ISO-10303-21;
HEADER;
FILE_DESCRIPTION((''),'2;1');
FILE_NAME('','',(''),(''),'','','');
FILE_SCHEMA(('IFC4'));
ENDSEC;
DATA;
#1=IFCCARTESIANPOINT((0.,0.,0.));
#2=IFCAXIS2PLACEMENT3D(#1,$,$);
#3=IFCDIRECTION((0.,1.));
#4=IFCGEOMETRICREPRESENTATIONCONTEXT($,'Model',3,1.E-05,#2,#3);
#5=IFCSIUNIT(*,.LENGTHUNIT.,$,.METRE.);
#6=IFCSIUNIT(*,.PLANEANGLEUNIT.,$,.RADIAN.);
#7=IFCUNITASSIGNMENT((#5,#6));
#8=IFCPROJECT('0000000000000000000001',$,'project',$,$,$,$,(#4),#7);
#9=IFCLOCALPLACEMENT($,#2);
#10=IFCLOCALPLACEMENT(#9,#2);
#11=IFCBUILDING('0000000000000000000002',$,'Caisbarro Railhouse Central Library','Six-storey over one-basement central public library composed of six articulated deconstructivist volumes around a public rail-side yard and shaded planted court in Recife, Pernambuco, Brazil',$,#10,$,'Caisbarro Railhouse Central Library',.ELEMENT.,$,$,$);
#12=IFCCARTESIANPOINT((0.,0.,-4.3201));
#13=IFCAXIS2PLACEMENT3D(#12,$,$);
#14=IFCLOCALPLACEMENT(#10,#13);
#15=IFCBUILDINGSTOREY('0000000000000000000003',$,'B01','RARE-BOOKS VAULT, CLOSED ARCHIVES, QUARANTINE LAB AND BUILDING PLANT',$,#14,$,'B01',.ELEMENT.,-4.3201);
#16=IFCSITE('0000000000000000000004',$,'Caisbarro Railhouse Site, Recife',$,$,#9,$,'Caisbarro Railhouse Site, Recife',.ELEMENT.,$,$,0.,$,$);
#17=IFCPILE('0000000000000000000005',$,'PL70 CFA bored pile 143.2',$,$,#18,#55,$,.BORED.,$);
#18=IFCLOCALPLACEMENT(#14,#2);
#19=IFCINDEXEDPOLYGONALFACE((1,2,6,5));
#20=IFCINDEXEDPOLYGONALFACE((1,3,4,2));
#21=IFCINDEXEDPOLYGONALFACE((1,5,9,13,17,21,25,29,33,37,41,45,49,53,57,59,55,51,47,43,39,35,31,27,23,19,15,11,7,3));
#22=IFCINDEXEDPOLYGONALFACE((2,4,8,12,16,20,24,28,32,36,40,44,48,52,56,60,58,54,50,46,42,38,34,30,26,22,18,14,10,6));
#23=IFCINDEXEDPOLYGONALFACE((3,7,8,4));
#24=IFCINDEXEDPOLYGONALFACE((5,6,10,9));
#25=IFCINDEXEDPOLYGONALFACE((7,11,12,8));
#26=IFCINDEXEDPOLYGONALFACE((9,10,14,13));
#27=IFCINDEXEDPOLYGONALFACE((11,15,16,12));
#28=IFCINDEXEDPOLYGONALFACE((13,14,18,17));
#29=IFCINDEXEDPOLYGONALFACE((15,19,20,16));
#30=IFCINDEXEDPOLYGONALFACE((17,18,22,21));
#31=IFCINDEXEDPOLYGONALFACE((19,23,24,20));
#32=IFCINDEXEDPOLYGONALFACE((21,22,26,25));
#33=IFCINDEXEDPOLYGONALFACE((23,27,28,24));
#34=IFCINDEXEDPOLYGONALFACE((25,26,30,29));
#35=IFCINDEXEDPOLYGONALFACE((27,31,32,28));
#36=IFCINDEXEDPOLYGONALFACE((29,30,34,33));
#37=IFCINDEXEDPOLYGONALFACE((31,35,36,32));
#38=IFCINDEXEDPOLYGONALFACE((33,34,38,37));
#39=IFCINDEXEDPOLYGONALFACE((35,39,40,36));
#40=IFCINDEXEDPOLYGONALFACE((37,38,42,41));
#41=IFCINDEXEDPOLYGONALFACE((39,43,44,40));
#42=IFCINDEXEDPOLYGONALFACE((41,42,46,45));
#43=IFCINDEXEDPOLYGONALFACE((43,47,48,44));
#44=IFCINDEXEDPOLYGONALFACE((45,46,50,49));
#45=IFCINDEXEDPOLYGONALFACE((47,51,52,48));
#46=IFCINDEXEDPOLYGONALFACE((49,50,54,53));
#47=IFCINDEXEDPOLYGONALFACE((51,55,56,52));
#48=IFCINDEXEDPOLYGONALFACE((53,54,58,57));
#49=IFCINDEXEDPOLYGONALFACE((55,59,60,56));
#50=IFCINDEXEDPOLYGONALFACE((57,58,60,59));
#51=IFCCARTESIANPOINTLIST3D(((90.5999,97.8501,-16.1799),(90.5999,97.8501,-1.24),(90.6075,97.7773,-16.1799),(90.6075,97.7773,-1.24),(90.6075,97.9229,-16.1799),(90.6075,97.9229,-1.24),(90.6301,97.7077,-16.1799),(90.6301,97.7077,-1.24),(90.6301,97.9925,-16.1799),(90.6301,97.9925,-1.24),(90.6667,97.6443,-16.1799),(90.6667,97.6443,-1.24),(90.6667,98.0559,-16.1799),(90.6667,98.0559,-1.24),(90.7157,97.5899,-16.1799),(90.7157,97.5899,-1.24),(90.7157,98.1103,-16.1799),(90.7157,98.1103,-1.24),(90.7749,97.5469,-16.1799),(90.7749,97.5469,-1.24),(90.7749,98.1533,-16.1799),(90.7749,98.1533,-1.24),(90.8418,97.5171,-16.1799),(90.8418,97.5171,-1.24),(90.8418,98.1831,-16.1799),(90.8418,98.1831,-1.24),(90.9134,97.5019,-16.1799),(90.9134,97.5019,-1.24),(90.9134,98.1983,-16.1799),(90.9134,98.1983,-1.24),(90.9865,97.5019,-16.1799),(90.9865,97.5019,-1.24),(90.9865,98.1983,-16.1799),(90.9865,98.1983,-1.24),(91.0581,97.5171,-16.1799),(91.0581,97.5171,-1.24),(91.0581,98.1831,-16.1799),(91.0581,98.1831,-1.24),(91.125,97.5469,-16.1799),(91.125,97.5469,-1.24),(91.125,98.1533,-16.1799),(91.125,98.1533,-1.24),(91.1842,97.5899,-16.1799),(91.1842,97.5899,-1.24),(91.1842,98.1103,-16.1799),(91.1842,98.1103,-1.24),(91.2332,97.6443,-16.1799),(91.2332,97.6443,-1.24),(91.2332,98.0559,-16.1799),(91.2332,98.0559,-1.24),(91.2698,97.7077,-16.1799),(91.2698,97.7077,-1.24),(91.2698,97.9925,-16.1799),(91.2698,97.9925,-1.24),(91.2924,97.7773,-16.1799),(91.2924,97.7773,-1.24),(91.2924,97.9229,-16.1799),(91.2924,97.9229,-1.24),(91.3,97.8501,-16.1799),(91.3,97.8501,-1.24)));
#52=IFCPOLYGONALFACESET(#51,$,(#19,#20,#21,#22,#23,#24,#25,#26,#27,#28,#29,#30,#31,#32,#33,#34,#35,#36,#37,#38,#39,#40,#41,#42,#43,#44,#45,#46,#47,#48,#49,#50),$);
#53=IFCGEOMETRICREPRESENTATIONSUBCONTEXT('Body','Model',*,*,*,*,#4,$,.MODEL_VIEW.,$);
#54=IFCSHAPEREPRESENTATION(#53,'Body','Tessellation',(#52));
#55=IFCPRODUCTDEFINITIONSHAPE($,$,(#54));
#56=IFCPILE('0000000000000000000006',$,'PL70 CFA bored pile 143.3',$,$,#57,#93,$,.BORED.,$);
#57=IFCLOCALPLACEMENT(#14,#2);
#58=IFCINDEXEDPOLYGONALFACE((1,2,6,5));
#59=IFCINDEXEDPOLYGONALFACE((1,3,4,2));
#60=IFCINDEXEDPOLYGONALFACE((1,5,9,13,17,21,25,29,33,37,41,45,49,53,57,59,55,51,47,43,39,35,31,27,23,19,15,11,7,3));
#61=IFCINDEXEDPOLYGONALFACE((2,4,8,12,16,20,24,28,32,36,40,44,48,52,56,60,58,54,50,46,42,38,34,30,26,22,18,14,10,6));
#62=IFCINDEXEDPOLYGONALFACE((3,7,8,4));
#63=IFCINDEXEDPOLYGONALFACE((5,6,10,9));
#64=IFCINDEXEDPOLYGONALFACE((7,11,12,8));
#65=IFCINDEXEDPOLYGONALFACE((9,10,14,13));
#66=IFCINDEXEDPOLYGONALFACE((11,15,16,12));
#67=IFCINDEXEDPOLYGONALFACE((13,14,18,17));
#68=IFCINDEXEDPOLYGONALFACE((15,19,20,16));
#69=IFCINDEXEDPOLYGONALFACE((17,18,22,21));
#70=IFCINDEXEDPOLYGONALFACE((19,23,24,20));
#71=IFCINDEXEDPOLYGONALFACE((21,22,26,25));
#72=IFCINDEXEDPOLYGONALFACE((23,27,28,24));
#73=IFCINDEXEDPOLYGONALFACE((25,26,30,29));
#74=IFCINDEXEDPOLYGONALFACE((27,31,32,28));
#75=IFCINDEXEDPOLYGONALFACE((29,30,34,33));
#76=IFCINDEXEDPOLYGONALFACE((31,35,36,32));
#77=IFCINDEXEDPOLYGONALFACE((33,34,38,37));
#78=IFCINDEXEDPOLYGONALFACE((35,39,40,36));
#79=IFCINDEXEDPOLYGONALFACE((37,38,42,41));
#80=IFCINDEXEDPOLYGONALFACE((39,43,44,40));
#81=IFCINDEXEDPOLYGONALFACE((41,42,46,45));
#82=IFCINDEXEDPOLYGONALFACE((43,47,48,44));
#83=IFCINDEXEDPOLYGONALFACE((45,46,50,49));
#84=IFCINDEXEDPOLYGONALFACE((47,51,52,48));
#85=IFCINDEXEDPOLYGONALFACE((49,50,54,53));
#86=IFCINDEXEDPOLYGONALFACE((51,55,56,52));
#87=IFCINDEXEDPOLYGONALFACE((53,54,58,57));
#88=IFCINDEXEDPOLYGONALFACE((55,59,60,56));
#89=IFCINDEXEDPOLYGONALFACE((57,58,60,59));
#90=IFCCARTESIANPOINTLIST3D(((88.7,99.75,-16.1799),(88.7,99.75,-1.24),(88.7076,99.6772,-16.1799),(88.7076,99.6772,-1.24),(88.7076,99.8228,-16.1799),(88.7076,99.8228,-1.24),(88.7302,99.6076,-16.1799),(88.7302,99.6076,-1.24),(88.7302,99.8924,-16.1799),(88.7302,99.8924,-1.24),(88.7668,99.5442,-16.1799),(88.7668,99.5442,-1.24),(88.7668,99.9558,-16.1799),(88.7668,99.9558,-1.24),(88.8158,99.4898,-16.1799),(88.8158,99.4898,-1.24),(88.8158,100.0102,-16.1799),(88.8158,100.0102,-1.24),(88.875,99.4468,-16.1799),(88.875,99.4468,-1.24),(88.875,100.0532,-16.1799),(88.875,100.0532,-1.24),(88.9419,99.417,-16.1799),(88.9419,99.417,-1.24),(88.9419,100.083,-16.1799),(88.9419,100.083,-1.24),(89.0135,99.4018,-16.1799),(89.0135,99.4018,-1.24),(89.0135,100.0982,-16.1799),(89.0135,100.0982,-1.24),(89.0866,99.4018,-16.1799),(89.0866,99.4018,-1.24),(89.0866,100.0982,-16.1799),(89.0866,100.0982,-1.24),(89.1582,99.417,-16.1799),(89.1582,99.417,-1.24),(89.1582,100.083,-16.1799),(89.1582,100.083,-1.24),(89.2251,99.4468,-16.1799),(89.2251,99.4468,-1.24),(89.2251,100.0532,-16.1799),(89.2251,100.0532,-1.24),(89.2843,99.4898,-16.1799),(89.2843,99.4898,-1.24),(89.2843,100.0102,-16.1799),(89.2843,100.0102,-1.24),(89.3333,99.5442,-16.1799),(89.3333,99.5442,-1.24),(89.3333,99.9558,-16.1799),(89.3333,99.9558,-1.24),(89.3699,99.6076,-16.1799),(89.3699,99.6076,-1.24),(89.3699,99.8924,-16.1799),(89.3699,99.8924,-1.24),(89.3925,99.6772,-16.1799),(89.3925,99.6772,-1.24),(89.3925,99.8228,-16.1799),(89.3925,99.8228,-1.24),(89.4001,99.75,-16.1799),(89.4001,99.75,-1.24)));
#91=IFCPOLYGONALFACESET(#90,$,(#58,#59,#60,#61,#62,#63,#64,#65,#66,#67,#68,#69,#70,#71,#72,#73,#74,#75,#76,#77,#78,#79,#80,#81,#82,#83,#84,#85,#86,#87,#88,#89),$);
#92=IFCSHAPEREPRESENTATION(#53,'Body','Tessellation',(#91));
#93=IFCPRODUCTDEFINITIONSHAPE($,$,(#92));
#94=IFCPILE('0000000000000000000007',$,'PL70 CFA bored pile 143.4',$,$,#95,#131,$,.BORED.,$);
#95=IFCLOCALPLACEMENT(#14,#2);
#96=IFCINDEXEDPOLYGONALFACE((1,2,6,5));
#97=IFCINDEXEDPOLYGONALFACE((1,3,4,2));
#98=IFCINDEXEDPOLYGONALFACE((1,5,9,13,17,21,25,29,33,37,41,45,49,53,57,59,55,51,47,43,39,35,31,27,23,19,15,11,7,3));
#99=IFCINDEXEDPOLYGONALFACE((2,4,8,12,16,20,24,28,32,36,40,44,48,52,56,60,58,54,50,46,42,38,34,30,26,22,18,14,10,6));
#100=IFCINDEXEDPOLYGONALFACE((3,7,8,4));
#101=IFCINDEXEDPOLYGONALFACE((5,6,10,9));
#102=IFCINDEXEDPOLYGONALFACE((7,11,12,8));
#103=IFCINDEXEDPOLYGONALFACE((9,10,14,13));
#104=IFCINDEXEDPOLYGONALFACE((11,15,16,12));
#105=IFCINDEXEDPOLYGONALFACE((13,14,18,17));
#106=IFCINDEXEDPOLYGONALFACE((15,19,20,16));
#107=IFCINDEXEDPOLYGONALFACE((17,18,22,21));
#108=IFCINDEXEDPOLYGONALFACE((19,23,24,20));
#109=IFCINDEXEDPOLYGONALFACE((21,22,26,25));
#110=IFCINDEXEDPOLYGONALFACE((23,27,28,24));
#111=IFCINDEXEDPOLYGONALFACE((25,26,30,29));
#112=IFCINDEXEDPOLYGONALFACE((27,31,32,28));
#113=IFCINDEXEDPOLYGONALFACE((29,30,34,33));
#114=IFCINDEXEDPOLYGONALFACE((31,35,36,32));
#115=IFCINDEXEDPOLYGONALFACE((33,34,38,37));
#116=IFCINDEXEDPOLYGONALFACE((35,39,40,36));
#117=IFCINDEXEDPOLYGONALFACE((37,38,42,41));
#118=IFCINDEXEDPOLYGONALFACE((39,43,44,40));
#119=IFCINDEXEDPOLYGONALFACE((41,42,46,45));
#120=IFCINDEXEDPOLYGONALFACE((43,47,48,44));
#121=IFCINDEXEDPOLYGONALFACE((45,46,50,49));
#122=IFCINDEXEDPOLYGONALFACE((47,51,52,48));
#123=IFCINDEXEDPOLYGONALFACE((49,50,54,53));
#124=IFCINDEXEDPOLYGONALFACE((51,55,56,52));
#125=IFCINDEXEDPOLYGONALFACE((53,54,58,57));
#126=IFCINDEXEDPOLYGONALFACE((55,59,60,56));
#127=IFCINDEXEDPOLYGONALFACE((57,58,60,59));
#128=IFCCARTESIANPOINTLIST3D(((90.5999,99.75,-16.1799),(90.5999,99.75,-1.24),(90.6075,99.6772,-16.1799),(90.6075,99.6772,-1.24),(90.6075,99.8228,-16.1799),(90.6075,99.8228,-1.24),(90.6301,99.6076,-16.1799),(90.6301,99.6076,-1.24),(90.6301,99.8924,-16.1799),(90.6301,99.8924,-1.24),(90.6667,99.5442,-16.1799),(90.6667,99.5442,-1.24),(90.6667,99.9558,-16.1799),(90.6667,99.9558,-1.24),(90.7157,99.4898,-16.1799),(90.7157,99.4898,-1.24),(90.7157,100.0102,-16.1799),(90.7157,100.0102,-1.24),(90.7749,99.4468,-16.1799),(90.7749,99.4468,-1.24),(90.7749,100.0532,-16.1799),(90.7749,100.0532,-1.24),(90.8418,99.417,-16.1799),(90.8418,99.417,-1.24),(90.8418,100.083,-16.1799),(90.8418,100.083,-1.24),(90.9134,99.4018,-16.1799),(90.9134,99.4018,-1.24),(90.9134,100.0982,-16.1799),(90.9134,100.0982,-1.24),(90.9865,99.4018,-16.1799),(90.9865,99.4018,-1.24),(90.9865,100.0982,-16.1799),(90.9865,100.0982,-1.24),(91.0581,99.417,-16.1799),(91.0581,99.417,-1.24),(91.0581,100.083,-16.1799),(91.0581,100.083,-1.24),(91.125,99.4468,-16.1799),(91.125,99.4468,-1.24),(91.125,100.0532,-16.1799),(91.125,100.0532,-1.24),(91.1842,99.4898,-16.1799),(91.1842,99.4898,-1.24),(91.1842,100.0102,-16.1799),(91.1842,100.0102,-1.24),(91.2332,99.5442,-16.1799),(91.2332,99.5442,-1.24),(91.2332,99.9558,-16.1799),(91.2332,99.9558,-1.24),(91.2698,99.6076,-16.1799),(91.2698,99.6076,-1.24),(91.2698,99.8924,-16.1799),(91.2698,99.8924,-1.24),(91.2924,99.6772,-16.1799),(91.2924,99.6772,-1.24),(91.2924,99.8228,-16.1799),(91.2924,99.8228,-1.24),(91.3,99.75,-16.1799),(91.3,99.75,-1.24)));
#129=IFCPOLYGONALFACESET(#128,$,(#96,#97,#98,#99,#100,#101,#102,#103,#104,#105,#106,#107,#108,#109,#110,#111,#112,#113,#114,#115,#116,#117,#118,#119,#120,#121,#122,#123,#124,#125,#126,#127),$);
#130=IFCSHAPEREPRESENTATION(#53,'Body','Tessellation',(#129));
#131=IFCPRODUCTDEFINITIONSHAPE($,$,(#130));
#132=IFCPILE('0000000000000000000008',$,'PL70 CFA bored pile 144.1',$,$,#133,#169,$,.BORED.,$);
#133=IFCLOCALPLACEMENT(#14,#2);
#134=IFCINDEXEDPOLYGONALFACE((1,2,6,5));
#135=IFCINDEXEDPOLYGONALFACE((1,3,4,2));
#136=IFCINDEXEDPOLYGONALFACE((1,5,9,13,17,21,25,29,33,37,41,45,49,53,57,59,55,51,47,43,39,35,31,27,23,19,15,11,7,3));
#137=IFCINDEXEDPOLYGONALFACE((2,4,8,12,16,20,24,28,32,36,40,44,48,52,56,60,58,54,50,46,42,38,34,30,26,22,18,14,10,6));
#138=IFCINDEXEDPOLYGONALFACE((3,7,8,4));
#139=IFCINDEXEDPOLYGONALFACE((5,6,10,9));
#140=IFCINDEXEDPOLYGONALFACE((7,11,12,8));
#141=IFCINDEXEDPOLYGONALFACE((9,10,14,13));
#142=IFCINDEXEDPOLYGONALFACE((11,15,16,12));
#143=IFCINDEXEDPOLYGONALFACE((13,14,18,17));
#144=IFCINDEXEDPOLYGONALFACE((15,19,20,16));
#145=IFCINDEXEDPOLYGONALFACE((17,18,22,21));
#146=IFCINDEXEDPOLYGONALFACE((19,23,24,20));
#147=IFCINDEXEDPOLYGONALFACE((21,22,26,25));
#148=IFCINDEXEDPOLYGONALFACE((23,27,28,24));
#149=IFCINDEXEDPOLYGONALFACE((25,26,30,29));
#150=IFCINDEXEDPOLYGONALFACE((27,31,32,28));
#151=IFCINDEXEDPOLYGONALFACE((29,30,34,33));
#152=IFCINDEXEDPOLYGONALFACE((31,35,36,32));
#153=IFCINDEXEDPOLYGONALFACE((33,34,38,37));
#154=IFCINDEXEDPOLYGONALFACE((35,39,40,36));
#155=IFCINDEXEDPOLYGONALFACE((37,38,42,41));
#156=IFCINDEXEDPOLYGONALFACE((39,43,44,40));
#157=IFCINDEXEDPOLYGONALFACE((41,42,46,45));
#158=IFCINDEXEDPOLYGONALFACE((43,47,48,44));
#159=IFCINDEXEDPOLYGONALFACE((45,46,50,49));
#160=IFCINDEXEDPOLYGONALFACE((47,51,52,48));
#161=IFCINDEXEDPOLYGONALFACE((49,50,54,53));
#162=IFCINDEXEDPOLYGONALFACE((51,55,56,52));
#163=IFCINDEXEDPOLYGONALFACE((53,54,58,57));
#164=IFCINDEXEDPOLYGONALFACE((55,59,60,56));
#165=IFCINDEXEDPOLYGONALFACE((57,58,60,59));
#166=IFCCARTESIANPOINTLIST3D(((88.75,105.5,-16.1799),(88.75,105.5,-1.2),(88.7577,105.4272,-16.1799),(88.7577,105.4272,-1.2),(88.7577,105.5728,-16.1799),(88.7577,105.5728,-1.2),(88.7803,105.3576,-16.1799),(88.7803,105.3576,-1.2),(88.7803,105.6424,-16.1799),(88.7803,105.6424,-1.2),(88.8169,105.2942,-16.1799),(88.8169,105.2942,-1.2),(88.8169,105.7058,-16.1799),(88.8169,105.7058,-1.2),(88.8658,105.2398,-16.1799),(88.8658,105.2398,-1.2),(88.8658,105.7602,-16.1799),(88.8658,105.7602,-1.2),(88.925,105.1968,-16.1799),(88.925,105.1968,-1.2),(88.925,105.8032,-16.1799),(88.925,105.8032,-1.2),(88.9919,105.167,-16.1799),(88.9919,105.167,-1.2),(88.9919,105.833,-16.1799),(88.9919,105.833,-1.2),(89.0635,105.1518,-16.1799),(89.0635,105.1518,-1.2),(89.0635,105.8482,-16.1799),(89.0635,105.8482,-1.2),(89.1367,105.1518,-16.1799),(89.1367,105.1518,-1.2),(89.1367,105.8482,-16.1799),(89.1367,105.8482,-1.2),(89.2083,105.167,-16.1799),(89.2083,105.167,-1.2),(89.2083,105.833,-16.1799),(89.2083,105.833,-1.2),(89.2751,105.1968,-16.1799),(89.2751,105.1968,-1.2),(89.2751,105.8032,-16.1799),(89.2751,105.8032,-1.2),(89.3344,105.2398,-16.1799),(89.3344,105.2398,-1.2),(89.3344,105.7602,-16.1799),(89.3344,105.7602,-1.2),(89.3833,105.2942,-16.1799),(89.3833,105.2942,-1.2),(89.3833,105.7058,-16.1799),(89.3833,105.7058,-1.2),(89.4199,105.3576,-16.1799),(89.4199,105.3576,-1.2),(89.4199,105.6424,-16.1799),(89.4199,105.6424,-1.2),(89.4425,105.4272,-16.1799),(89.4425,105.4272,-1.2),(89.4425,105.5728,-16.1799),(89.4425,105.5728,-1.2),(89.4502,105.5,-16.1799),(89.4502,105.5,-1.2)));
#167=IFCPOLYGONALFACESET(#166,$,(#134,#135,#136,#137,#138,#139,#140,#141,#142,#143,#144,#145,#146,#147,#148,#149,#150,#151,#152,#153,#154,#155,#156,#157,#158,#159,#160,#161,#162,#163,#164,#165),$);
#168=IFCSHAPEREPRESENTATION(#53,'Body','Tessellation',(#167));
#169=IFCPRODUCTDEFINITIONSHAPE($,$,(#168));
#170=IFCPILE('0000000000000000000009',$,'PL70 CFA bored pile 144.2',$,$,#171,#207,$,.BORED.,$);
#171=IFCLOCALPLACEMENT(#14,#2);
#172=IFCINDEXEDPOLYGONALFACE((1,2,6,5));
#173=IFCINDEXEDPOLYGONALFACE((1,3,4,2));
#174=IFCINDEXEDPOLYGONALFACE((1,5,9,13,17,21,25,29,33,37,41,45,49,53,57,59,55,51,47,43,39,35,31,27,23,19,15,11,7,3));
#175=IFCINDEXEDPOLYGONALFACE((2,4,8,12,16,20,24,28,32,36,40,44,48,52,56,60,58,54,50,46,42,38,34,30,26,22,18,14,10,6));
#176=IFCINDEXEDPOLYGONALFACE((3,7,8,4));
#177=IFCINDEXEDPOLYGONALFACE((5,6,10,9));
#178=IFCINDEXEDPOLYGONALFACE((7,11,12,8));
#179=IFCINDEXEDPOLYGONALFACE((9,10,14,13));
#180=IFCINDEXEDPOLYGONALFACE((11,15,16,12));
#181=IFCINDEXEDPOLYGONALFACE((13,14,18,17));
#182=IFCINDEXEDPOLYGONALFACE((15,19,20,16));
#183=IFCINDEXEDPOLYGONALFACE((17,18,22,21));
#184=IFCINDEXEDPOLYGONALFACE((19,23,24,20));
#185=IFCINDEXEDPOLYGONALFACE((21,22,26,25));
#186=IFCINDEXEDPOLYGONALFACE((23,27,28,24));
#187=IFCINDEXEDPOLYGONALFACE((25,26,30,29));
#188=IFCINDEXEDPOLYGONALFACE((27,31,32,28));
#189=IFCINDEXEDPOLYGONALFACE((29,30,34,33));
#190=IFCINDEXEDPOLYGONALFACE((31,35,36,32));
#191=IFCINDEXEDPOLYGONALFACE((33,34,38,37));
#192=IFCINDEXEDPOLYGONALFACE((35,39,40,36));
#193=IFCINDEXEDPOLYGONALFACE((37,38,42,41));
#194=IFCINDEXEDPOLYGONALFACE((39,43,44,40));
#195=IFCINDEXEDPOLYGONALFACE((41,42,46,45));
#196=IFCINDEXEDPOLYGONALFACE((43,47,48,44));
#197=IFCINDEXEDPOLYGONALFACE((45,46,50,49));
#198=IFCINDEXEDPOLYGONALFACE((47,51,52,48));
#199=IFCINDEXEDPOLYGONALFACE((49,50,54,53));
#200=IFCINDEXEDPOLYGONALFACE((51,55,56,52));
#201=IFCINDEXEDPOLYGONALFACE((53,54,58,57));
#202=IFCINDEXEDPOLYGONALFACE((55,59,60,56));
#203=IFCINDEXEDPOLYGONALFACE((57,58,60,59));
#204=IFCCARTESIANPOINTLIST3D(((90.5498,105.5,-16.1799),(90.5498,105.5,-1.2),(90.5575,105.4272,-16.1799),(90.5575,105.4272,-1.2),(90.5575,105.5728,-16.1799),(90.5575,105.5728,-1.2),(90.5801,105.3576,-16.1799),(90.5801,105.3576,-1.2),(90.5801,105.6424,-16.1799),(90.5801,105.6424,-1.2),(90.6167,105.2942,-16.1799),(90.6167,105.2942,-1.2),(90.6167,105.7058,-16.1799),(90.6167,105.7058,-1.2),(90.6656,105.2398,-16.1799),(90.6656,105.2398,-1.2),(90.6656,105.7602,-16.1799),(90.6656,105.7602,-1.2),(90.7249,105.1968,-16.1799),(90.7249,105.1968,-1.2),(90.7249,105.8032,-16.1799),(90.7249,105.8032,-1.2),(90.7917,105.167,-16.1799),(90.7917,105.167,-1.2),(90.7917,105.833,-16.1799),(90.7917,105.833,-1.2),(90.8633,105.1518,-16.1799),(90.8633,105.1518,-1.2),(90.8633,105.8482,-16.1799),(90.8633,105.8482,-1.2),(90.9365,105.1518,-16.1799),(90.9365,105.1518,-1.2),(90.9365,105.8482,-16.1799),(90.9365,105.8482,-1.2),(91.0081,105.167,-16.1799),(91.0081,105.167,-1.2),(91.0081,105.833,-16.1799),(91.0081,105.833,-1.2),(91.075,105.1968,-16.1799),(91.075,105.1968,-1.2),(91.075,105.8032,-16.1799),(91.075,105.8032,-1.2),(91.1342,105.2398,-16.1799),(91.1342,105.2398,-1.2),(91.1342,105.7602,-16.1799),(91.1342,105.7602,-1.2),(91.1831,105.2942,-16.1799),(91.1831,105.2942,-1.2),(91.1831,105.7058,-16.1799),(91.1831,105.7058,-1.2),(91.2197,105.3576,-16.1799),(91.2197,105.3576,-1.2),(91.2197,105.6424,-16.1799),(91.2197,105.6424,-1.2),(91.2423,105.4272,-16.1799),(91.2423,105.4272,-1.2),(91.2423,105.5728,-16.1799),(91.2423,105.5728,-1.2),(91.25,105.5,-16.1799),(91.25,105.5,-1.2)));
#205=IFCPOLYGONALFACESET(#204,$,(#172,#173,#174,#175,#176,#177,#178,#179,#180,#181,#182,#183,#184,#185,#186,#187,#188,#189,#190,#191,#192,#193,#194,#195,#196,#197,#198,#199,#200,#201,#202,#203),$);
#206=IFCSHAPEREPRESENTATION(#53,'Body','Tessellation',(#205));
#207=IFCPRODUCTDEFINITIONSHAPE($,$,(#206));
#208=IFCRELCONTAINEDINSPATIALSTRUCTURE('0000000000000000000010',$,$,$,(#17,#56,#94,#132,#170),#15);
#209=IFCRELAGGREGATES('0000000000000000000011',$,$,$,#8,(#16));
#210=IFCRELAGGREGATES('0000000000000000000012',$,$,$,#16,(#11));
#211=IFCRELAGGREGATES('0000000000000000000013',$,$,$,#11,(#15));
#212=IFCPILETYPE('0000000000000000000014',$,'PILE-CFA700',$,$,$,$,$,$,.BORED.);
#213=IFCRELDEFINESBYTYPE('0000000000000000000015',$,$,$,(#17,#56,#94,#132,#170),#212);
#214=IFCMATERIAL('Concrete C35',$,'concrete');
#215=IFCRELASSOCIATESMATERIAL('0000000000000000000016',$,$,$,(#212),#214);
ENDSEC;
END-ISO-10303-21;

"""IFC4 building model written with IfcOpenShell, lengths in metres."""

from ifc_helpers import new_model, si_unit, direction, frame, origin, origin_2d, place, context, subcontext, project, spatial, circle, extrude, material, material_profile, profile_set, type_object, element, save


model = new_model("IFC4")

# Units and contexts
model_context = context("Model", 3, precision=1e-05, world=origin(), true_north=direction((0.0, 1.0)))
body_context = subcontext(model_context, "Body", "Model", "MODEL_VIEW")
ifc_project = project(units=[si_unit("LENGTHUNIT", "METRE"), si_unit("PLANEANGLEUNIT", "RADIAN")], contexts=[model_context])

# Site, building, storey
site_placement = place(None, origin())
site = spatial("IfcSite", under=ifc_project, at=site_placement, Name="Caisbarro Railhouse Site, Recife", LongName="Caisbarro Railhouse Site, Recife", CompositionType="ELEMENT", RefElevation=0.0)
building_placement = place(site_placement, origin())
building = spatial("IfcBuilding", under=site, at=building_placement, Name="Caisbarro Railhouse Central Library", Description="Six-storey over one-basement central public library composed of six articulated deconstructivist volumes around a public rail-side yard and shaded planted court in Recife, Pernambuco, Brazil", LongName="Caisbarro Railhouse Central Library", CompositionType="ELEMENT")
storey_placement = place(building_placement, frame((0.0, 0.0, -4.3201)))
storey = spatial("IfcBuildingStorey", under=building, at=storey_placement, Name="B01", Description="RARE-BOOKS VAULT, CLOSED ARCHIVES, QUARANTINE LAB AND BUILDING PLANT", LongName="B01", CompositionType="ELEMENT", Elevation=-4.3201)

# Shared definitions
ifc_material_1 = material(Name="Concrete C35", Category="concrete")

# Piles
ifc_material_profile_1 = material_profile(ifc_material_1, circle(Radius=0.3501, at=origin_2d()), Name="PILE-CFA-700")
ifc_profile_set_1 = profile_set([ifc_material_profile_1], Name="Concrete C35")
pile_type_1 = type_object("IfcPileType", Name="PILE-CFA700", PredefinedType="BORED", material=ifc_profile_set_1)
for number, where, z_axis, x_axis, name in (
    (1, (90.95, 97.8501, -1.24), (0.0, 0.0, -1.0), (1.0, 0.0, 0.0), "PL70 CFA bored pile 143.2"),
    (2, (89.05, 99.75, -1.24), (0.0, 0.0, -1.0), (1.0, 0.0, 0.0), "PL70 CFA bored pile 143.3"),
    (3, (90.95, 99.75, -1.24), (0.0, 0.0, -1.0), (1.0, 0.0, 0.0), "PL70 CFA bored pile 143.4"),
):
    element("IfcPile", number, at=place(storey_placement, frame(where, z_axis=z_axis, x_axis=x_axis)), inside=storey, type_object=pile_type_1, Name=name, PredefinedType="BORED", context=body_context, shape_type="SweptSolid", body=[
        extrude(circle(Radius=0.3501, at=origin_2d()), origin(), (0.0, 0.0, 1.0), 14.9399),
    ])
for number, where, z_axis, x_axis, name in (
    (4, (89.1001, 105.5, -1.2), (0.0, 0.0, -1.0), (1.0, 0.0, 0.0), "PL70 CFA bored pile 144.1"),
    (5, (90.8999, 105.5, -1.2), (0.0, 0.0, -1.0), (1.0, 0.0, 0.0), "PL70 CFA bored pile 144.2"),
):
    element("IfcPile", number, at=place(storey_placement, frame(where, z_axis=z_axis, x_axis=x_axis)), inside=storey, type_object=pile_type_1, Name=name, PredefinedType="BORED", context=body_context, shape_type="SweptSolid", body=[
        extrude(circle(Radius=0.3501, at=origin_2d()), origin(), (0.0, 0.0, 1.0), 14.98),
    ])

save(model, "model.ifc")
